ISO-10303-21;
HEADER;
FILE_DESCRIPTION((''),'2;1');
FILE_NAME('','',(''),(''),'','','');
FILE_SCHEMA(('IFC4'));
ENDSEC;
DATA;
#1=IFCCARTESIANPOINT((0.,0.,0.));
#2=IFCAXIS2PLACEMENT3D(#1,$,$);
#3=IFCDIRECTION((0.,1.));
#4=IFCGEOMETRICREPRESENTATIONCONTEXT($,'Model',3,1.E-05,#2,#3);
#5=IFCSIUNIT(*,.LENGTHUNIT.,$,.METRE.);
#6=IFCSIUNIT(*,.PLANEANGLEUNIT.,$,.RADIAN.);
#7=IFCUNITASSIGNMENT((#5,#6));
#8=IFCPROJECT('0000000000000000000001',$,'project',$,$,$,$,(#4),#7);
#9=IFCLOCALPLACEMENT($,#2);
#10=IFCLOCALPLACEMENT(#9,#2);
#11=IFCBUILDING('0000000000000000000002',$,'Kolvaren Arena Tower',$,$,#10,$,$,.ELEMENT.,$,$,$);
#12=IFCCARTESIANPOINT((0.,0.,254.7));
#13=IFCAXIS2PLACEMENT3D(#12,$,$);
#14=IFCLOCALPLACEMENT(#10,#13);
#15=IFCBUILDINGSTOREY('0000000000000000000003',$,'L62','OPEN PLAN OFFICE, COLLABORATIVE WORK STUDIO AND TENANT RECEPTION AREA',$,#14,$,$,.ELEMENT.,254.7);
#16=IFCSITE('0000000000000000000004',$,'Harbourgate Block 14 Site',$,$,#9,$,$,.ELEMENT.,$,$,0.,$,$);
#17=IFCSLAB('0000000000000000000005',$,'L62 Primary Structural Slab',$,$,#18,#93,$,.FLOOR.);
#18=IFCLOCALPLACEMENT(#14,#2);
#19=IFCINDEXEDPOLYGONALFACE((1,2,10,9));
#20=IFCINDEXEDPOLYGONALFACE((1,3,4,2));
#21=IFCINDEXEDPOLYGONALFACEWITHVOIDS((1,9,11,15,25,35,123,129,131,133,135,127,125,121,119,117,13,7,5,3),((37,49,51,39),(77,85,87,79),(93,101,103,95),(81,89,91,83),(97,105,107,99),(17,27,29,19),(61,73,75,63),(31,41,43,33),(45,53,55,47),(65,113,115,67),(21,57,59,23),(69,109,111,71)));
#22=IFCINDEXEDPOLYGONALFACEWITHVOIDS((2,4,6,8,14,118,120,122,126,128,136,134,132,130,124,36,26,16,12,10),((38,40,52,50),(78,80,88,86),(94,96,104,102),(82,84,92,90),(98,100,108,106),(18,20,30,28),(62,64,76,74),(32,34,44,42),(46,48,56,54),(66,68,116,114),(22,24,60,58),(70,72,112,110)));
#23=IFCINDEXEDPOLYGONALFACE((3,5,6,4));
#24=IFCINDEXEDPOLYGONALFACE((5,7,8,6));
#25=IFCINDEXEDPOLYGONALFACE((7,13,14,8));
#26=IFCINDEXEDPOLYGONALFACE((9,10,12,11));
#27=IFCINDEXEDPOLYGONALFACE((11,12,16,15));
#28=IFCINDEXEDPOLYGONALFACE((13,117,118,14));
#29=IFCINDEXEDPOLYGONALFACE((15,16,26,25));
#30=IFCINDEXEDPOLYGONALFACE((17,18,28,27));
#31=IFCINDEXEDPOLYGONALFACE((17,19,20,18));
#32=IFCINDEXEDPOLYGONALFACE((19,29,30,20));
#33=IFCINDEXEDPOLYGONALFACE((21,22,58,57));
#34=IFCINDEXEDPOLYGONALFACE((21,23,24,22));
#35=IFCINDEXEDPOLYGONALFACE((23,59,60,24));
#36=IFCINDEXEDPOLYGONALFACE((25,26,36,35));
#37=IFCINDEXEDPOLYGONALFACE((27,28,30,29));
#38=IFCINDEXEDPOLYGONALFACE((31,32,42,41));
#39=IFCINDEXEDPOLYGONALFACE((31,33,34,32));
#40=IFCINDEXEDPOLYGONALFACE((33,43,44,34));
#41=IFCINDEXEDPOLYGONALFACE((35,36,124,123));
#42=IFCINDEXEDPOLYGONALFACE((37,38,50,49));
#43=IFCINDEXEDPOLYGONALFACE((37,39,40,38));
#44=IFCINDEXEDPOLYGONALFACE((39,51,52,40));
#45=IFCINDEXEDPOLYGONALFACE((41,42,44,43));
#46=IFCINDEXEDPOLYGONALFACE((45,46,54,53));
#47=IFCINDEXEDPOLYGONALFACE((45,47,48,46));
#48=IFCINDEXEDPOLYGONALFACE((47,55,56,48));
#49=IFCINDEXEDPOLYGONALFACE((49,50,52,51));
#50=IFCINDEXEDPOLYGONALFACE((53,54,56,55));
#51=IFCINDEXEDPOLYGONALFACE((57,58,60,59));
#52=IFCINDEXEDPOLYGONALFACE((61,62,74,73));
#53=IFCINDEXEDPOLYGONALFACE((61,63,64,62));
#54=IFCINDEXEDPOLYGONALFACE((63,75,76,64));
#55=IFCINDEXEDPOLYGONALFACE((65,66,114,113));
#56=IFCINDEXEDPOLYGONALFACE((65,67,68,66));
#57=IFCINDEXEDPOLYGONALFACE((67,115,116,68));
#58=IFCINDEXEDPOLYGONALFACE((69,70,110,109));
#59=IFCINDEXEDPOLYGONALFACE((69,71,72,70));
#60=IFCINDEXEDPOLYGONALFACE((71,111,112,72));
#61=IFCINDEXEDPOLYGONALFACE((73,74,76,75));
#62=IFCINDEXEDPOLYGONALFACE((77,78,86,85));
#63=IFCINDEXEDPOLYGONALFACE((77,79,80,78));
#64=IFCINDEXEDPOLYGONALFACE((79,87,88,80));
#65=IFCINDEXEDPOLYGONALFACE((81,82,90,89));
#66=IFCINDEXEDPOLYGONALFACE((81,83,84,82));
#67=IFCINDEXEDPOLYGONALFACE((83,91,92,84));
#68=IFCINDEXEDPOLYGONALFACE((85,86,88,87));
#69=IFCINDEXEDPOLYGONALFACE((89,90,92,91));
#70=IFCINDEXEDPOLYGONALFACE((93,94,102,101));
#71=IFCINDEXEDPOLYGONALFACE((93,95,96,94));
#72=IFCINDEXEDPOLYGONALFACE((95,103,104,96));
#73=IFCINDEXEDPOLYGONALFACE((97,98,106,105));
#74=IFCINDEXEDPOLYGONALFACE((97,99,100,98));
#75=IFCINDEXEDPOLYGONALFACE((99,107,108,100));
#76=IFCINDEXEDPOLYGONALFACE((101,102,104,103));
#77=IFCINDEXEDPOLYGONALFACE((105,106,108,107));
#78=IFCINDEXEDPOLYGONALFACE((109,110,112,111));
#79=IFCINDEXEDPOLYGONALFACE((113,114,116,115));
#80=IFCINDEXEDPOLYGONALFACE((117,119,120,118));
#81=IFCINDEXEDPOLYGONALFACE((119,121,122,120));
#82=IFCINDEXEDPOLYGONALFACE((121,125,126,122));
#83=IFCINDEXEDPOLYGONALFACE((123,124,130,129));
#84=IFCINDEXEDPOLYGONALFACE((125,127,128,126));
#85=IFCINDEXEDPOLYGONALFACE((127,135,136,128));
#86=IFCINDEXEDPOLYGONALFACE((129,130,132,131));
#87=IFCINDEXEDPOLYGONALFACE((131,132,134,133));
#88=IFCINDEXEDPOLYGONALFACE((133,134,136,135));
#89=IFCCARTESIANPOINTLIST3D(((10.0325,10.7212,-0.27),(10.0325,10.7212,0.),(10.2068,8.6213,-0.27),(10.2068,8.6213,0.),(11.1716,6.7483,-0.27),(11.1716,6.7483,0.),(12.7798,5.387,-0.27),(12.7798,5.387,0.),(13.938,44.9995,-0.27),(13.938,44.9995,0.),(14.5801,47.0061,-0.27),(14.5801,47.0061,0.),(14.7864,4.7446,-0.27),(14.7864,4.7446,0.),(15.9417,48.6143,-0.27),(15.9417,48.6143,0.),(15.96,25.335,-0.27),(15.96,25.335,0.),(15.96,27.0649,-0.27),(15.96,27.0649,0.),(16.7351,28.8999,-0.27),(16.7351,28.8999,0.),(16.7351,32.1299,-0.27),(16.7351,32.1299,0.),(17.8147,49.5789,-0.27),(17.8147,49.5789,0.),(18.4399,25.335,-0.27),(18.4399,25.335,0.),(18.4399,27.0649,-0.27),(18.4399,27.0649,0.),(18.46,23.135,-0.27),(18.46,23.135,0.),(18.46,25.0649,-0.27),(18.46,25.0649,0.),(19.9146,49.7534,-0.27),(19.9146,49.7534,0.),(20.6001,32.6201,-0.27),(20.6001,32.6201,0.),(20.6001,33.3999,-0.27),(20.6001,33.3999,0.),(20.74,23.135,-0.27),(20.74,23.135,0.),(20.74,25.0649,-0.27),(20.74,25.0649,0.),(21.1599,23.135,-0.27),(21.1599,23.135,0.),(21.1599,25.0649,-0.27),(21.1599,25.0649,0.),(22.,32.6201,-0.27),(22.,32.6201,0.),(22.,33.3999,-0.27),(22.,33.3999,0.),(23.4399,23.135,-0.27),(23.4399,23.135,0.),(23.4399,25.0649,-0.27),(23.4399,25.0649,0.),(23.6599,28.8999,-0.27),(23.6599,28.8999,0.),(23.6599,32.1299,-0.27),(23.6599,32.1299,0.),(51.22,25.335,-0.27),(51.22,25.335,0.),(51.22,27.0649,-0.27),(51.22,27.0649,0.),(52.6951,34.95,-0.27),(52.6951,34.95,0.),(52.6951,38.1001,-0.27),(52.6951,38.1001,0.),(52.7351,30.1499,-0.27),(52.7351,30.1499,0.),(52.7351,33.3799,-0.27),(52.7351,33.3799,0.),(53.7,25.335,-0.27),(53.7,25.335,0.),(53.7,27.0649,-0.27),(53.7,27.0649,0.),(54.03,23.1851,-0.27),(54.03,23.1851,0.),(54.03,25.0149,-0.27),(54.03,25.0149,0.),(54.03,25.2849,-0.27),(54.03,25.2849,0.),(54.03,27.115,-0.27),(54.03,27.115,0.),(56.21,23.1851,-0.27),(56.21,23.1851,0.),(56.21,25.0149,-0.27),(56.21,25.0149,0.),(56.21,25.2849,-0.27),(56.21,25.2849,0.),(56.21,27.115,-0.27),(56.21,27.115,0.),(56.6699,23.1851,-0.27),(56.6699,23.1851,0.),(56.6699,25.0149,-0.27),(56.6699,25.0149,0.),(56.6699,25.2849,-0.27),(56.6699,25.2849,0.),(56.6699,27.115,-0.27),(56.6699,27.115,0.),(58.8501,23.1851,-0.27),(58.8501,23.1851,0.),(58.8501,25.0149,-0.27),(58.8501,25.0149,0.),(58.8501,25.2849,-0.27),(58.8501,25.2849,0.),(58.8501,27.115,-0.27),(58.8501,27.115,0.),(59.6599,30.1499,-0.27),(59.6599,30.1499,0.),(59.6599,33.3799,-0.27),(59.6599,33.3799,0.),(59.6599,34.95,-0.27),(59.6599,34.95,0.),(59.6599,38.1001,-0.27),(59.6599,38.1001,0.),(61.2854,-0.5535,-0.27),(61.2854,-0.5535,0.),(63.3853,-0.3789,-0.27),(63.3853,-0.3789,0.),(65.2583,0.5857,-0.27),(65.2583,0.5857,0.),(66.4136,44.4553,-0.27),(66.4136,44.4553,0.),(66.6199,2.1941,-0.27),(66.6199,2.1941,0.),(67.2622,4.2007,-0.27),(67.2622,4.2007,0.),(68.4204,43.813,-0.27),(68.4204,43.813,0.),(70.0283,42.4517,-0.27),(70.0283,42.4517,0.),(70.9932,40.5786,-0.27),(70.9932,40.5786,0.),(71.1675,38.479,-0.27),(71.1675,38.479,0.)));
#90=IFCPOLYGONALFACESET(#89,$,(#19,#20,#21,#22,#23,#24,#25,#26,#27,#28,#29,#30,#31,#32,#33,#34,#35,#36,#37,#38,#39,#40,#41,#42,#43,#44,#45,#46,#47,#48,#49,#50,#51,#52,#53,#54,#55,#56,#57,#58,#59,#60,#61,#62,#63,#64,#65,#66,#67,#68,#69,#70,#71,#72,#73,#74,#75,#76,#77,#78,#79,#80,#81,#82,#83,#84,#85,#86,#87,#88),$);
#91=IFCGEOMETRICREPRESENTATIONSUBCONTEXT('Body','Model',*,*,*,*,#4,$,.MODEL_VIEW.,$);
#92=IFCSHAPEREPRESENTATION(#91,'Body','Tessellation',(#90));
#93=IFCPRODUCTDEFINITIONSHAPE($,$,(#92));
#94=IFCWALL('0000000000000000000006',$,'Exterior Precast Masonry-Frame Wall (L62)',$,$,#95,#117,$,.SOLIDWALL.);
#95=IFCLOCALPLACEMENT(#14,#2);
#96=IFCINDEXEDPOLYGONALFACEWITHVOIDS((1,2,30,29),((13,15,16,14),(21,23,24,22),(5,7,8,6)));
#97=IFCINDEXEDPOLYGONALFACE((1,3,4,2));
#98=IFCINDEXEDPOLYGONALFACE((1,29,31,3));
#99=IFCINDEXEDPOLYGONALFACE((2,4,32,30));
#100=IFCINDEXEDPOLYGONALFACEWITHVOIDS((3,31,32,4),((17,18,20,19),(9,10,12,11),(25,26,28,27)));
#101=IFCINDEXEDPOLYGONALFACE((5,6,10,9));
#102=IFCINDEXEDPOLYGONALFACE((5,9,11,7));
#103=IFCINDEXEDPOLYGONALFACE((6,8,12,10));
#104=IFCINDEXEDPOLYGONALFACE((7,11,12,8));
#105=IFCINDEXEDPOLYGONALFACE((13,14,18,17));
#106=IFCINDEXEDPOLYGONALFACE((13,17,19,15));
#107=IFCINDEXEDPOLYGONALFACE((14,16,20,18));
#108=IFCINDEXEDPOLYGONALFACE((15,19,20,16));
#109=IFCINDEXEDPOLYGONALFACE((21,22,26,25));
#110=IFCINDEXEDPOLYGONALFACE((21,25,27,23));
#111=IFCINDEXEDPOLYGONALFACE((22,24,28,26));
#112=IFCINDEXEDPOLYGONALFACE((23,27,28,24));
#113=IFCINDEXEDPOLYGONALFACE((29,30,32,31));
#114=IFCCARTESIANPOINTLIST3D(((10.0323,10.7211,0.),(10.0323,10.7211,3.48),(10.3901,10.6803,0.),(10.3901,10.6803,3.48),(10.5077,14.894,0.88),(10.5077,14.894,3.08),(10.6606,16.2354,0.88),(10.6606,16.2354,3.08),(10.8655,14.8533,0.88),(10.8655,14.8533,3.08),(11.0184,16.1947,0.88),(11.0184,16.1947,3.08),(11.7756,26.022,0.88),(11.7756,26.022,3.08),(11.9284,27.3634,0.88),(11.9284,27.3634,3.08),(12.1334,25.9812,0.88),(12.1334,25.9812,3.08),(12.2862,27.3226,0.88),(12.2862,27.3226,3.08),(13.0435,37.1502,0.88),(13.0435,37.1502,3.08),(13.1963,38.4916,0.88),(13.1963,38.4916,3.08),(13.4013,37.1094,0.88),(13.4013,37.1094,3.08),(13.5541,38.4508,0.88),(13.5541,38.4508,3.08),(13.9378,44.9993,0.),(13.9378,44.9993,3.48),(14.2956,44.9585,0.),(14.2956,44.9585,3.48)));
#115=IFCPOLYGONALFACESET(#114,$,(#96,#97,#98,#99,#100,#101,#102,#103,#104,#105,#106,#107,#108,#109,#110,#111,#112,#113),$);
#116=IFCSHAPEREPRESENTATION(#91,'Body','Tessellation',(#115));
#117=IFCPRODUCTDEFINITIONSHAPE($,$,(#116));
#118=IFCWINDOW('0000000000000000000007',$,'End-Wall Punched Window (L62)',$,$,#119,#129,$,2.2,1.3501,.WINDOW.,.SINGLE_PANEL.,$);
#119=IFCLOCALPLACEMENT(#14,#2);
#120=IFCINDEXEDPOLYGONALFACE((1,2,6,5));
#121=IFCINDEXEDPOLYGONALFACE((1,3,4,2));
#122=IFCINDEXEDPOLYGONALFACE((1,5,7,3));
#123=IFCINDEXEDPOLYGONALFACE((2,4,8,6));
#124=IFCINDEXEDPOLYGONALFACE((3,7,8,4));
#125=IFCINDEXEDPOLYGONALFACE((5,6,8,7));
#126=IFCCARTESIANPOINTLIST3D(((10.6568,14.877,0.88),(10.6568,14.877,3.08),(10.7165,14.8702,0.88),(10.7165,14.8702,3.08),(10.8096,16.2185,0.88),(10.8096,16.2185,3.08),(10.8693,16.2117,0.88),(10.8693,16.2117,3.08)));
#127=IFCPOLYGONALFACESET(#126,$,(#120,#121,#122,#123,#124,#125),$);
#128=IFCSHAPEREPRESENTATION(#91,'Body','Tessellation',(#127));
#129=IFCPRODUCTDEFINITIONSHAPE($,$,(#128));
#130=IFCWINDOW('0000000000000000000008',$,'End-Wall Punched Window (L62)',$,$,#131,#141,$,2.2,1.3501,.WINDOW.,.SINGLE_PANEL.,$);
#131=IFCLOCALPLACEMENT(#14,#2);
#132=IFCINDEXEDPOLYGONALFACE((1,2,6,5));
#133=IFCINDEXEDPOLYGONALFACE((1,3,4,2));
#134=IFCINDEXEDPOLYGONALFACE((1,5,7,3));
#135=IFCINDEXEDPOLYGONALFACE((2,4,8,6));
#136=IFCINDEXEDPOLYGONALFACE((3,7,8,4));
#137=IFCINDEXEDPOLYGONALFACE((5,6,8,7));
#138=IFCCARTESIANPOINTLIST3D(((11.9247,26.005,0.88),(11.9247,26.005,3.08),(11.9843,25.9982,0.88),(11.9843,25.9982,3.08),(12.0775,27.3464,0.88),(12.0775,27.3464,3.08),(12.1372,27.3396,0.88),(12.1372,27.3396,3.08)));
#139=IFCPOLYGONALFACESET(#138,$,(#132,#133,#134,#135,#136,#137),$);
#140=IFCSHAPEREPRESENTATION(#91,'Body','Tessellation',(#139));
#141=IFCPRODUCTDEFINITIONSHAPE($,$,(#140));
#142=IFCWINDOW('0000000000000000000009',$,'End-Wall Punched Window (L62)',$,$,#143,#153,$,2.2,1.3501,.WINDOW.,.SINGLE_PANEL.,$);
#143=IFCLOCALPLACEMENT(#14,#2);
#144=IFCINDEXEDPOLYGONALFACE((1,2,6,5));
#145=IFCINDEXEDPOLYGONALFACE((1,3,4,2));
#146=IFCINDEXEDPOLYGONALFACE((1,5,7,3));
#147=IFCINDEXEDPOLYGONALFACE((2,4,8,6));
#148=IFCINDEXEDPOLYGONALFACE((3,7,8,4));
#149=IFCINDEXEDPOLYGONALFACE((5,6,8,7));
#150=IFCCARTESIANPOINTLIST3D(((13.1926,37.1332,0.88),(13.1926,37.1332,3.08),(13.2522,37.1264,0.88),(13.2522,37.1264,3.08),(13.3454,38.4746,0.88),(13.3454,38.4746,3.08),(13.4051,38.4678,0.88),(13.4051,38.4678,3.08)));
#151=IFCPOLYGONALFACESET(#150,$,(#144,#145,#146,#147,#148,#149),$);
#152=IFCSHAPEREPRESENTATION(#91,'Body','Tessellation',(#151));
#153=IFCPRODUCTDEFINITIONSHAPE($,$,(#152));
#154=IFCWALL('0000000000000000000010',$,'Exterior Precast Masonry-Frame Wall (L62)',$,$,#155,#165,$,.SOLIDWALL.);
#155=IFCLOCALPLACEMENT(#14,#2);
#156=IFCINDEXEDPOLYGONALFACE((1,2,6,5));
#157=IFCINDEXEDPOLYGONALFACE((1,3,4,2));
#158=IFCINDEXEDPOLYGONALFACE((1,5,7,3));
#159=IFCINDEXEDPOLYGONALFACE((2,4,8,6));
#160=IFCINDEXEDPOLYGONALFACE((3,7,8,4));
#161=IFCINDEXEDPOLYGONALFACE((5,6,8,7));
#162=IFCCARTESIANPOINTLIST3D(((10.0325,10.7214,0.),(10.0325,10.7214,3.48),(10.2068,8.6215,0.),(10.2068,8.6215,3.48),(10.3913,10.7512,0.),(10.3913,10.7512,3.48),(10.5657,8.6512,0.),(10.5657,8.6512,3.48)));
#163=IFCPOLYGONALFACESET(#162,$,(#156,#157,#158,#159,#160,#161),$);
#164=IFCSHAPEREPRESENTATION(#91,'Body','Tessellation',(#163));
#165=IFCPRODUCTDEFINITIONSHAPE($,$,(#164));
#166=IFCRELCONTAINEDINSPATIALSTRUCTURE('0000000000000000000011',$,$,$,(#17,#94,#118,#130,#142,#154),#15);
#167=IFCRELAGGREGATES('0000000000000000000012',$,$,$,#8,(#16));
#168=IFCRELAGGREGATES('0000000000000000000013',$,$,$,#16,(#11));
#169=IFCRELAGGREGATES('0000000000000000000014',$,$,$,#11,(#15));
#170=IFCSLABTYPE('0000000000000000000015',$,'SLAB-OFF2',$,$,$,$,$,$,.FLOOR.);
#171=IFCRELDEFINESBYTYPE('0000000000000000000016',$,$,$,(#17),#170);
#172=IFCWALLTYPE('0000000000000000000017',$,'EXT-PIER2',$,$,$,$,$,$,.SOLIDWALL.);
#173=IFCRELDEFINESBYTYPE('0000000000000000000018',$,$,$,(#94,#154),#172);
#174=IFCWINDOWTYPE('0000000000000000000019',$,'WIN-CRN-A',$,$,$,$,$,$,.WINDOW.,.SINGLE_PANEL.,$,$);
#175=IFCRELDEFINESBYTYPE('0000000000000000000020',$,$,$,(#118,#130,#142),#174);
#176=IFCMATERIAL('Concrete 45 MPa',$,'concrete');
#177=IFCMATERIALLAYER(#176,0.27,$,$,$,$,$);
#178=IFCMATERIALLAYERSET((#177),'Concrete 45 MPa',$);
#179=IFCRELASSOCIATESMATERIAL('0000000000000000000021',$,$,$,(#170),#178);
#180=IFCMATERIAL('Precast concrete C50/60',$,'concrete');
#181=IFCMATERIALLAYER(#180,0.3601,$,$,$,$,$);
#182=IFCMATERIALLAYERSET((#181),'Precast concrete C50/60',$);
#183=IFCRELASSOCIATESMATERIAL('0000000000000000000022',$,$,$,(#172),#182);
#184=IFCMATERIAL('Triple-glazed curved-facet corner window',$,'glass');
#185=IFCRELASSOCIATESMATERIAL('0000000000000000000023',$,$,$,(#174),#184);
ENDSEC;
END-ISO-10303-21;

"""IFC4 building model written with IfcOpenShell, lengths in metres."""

from ifc_helpers import new_model, si_unit, direction, frame, frame_2d, origin, place, context, subcontext, project, spatial, polyline, rectangle, outline, extrude, material, layer, layer_set, type_object, element, fill, save


model = new_model("IFC4")

# Units and contexts
model_context = context("Model", 3, precision=1e-05, world=origin(), true_north=direction((0.0, 1.0)))
body_context = subcontext(model_context, "Body", "Model", "MODEL_VIEW")
ifc_project = project(units=[si_unit("LENGTHUNIT", "METRE"), si_unit("PLANEANGLEUNIT", "RADIAN")], contexts=[model_context])

# Site, building, storey
site_placement = place(None, origin())
site = spatial("IfcSite", under=ifc_project, at=site_placement, Name="Harbourgate Block 14 Site", CompositionType="ELEMENT", RefElevation=0.0)
building_placement = place(site_placement, origin())
building = spatial("IfcBuilding", under=site, at=building_placement, Name="Kolvaren Arena Tower", CompositionType="ELEMENT")
storey_placement = place(building_placement, frame((0.0, 0.0, 254.7)))
storey = spatial("IfcBuildingStorey", under=building, at=storey_placement, Name="L62", Description="OPEN PLAN OFFICE, COLLABORATIVE WORK STUDIO AND TENANT RECEPTION AREA", CompositionType="ELEMENT", Elevation=254.7)

# Shared definitions
ifc_material_1 = material(Name="Concrete 45 MPa", Category="concrete")

# Slab
ifc_layer_1 = layer(ifc_material_1, 0.27)
ifc_layer_set_1 = layer_set([ifc_layer_1], Name="Concrete 45 MPa")
slab_type_1 = type_object("IfcSlabType", Name="SLAB-OFF2", PredefinedType="FLOOR", material=ifc_layer_set_1)
slab_1_placement = place(storey_placement, frame((0.0, 0.0, -0.27)))
element("IfcSlab", 1, at=slab_1_placement, inside=storey, type_object=slab_type_1, Name="L62 Primary Structural Slab", PredefinedType="FLOOR", context=body_context, shape_type="SweptSolid", body=[
    extrude(outline(polyline([(61.2854, -0.5535), (63.3853, -0.3789), (65.2583, 0.5857), (66.6199, 2.1941), (67.2622, 4.2007), (71.1675, 38.479), (70.9932, 40.5786), (70.0283, 42.4517), (68.4204, 43.813), (66.4136, 44.4553), (19.9146, 49.7534), (17.8147, 49.5789), (15.9417, 48.6143), (14.5801, 47.0061), (13.938, 44.9995), (10.0325, 10.7212), (10.2068, 8.6213), (11.1716, 6.7483), (12.7798, 5.387), (14.7864, 4.7446), (61.2854, -0.5535)]), holes=[polyline([(20.74, 23.135), (18.46, 23.135), (18.46, 25.0649), (20.74, 25.0649), (20.74, 23.135)]), polyline([(21.1599, 23.135), (21.1599, 25.0649), (23.4399, 25.0649), (23.4399, 23.135), (21.1599, 23.135)]), polyline([(56.21, 23.1851), (54.03, 23.1851), (54.03, 25.0149), (56.21, 25.0149), (56.21, 23.1851)]), polyline([(56.6699, 23.1851), (56.6699, 25.0149), (58.8501, 25.0149), (58.8501, 23.1851), (56.6699, 23.1851)]), polyline([(54.03, 25.2849), (54.03, 27.115), (56.21, 27.115), (56.21, 25.2849), (54.03, 25.2849)]), polyline([(58.8501, 25.2849), (56.6699, 25.2849), (56.6699, 27.115), (58.8501, 27.115), (58.8501, 25.2849)]), polyline([(15.96, 25.335), (15.96, 27.0649), (18.4399, 27.0649), (18.4399, 25.335), (15.96, 25.335)]), polyline([(53.7, 25.335), (51.22, 25.335), (51.22, 27.0649), (53.7, 27.0649), (53.7, 25.335)]), polyline([(16.7351, 28.8999), (16.7351, 32.1299), (23.6599, 32.1299), (23.6599, 28.8999), (16.7351, 28.8999)]), polyline([(52.7351, 30.1499), (52.7351, 33.3799), (59.6599, 33.3799), (59.6599, 30.1499), (52.7351, 30.1499)]), polyline([(20.6001, 32.6201), (20.6001, 33.3999), (22.0, 33.3999), (22.0, 32.6201), (20.6001, 32.6201)]), polyline([(52.6951, 34.95), (52.6951, 38.1001), (59.6599, 38.1001), (59.6599, 34.95), (52.6951, 34.95)])]), origin(), (0.0, 0.0, 1.0), 0.27),
])

# Wall, openings, windows
ifc_material_2 = material(Name="Precast concrete C50/60", Category="concrete")
ifc_layer_2 = layer(ifc_material_2, 0.3601)
ifc_layer_set_2 = layer_set([ifc_layer_2], Name="Precast concrete C50/60")
wall_type = type_object("IfcWallType", Name="EXT-PIER2", PredefinedType="SOLIDWALL", material=ifc_layer_set_2)
wall_1_placement = place(storey_placement, frame((10.2112, 10.7007, 0.0), z_axis=(0.0, 0.0, 1.0), x_axis=(0.113203, 0.993572, 0.0)))
wall_1 = element("IfcWall", 2, at=wall_1_placement, inside=storey, type_object=wall_type, Name="Exterior Precast Masonry-Frame Wall (L62)", PredefinedType="SOLIDWALL", context=body_context, shape_type="SweptSolid", body=[
    extrude(rectangle(XDim=34.5, YDim=0.3601, at=frame_2d((17.25, 0.0))), origin(), (0.0, 0.0, 1.0), 3.48),
])
opening_1_placement = place(wall_1_placement, frame((4.2, 0.0, 0.8799)))
opening_1 = element("IfcOpeningElement", 3, at=opening_1_placement, cuts=wall_1, PredefinedType="OPENING", context=body_context, shape_type="SweptSolid", body=[
    extrude(rectangle(XDim=1.3501, YDim=2.2, at=frame_2d((0.675, 1.1001))), frame((0.0, 0.1899, 0.0), z_axis=(0.0, -1.0, 0.0), x_axis=(1.0, 0.0, 0.0)), (0.0, 0.0, 1.0), 0.3801),
])
opening_2_placement = place(wall_1_placement, frame((15.3999, 0.0, 0.8799)))
opening_2 = element("IfcOpeningElement", 4, at=opening_2_placement, cuts=wall_1, PredefinedType="OPENING", context=body_context, shape_type="SweptSolid", body=[
    extrude(rectangle(XDim=1.3501, YDim=2.2, at=frame_2d((0.675, 1.1001))), frame((0.0, 0.1899, 0.0), z_axis=(0.0, -1.0, 0.0), x_axis=(1.0, 0.0, 0.0)), (0.0, 0.0, 1.0), 0.3801),
])
opening_3_placement = place(wall_1_placement, frame((26.6001, 0.0, 0.8799)))
opening_3 = element("IfcOpeningElement", 5, at=opening_3_placement, cuts=wall_1, PredefinedType="OPENING", context=body_context, shape_type="SweptSolid", body=[
    extrude(rectangle(XDim=1.3501, YDim=2.2, at=frame_2d((0.675, 1.1001))), frame((0.0, 0.1899, 0.0), z_axis=(0.0, -1.0, 0.0), x_axis=(1.0, 0.0, 0.0)), (0.0, 0.0, 1.0), 0.3801),
])
ifc_material_3 = material(Name="Triple-glazed curved-facet corner window", Category="glass")
window_type = type_object("IfcWindowType", Name="WIN-CRN-A", PartitioningType="SINGLE_PANEL", PredefinedType="WINDOW", material=ifc_material_3)
window_1_placement = place(opening_1_placement, origin())
window_1 = element("IfcWindow", 6, at=window_1_placement, inside=storey, type_object=window_type, Name="End-Wall Punched Window (L62)", OverallHeight=2.2, OverallWidth=1.3501, PartitioningType="SINGLE_PANEL", PredefinedType="WINDOW", context=body_context, shape_type="SweptSolid", body=[
    extrude(rectangle(XDim=1.3501, YDim=2.2, at=frame_2d((0.675, 1.1001))), frame((0.0, 0.03, 0.0), z_axis=(0.0, -1.0, 0.0), x_axis=(1.0, 0.0, 0.0)), (0.0, 0.0, 1.0), 0.0601),
])
fill(opening_1, window_1)
window_2_placement = place(opening_2_placement, origin())
window_2 = element("IfcWindow", 7, at=window_2_placement, inside=storey, type_object=window_type, Name="End-Wall Punched Window (L62)", OverallHeight=2.2, OverallWidth=1.3501, PartitioningType="SINGLE_PANEL", PredefinedType="WINDOW", context=body_context, shape_type="SweptSolid", body=[
    extrude(rectangle(XDim=1.3501, YDim=2.2, at=frame_2d((0.675, 1.1001))), frame((0.0, 0.03, 0.0), z_axis=(0.0, -1.0, 0.0), x_axis=(1.0, 0.0, 0.0)), (0.0, 0.0, 1.0), 0.0601),
])
fill(opening_2, window_2)
window_3_placement = place(opening_3_placement, origin())
window_3 = element("IfcWindow", 8, at=window_3_placement, inside=storey, type_object=window_type, Name="End-Wall Punched Window (L62)", OverallHeight=2.2, OverallWidth=1.3501, PartitioningType="SINGLE_PANEL", PredefinedType="WINDOW", context=body_context, shape_type="SweptSolid", body=[
    extrude(rectangle(XDim=1.3501, YDim=2.2, at=frame_2d((0.675, 1.1001))), frame((0.0, 0.03, 0.0), z_axis=(0.0, -1.0, 0.0), x_axis=(1.0, 0.0, 0.0)), (0.0, 0.0, 1.0), 0.0601),
])
fill(opening_3, window_3)

# Wall
wall_2_placement = place(storey_placement, frame((10.3862, 8.6362, 0.0), z_axis=(0.0, 0.0, 1.0), x_axis=(-0.082729, 0.996572, 0.0)))
element("IfcWall", 9, at=wall_2_placement, inside=storey, type_object=wall_type, Name="Exterior Precast Masonry-Frame Wall (L62)", PredefinedType="SOLIDWALL", context=body_context, shape_type="SweptSolid", body=[
    extrude(rectangle(XDim=2.1072, YDim=0.3601, at=frame_2d((1.0537, 0.0))), origin(), (0.0, 0.0, 1.0), 3.48),
])

save(model, "model.ifc")
